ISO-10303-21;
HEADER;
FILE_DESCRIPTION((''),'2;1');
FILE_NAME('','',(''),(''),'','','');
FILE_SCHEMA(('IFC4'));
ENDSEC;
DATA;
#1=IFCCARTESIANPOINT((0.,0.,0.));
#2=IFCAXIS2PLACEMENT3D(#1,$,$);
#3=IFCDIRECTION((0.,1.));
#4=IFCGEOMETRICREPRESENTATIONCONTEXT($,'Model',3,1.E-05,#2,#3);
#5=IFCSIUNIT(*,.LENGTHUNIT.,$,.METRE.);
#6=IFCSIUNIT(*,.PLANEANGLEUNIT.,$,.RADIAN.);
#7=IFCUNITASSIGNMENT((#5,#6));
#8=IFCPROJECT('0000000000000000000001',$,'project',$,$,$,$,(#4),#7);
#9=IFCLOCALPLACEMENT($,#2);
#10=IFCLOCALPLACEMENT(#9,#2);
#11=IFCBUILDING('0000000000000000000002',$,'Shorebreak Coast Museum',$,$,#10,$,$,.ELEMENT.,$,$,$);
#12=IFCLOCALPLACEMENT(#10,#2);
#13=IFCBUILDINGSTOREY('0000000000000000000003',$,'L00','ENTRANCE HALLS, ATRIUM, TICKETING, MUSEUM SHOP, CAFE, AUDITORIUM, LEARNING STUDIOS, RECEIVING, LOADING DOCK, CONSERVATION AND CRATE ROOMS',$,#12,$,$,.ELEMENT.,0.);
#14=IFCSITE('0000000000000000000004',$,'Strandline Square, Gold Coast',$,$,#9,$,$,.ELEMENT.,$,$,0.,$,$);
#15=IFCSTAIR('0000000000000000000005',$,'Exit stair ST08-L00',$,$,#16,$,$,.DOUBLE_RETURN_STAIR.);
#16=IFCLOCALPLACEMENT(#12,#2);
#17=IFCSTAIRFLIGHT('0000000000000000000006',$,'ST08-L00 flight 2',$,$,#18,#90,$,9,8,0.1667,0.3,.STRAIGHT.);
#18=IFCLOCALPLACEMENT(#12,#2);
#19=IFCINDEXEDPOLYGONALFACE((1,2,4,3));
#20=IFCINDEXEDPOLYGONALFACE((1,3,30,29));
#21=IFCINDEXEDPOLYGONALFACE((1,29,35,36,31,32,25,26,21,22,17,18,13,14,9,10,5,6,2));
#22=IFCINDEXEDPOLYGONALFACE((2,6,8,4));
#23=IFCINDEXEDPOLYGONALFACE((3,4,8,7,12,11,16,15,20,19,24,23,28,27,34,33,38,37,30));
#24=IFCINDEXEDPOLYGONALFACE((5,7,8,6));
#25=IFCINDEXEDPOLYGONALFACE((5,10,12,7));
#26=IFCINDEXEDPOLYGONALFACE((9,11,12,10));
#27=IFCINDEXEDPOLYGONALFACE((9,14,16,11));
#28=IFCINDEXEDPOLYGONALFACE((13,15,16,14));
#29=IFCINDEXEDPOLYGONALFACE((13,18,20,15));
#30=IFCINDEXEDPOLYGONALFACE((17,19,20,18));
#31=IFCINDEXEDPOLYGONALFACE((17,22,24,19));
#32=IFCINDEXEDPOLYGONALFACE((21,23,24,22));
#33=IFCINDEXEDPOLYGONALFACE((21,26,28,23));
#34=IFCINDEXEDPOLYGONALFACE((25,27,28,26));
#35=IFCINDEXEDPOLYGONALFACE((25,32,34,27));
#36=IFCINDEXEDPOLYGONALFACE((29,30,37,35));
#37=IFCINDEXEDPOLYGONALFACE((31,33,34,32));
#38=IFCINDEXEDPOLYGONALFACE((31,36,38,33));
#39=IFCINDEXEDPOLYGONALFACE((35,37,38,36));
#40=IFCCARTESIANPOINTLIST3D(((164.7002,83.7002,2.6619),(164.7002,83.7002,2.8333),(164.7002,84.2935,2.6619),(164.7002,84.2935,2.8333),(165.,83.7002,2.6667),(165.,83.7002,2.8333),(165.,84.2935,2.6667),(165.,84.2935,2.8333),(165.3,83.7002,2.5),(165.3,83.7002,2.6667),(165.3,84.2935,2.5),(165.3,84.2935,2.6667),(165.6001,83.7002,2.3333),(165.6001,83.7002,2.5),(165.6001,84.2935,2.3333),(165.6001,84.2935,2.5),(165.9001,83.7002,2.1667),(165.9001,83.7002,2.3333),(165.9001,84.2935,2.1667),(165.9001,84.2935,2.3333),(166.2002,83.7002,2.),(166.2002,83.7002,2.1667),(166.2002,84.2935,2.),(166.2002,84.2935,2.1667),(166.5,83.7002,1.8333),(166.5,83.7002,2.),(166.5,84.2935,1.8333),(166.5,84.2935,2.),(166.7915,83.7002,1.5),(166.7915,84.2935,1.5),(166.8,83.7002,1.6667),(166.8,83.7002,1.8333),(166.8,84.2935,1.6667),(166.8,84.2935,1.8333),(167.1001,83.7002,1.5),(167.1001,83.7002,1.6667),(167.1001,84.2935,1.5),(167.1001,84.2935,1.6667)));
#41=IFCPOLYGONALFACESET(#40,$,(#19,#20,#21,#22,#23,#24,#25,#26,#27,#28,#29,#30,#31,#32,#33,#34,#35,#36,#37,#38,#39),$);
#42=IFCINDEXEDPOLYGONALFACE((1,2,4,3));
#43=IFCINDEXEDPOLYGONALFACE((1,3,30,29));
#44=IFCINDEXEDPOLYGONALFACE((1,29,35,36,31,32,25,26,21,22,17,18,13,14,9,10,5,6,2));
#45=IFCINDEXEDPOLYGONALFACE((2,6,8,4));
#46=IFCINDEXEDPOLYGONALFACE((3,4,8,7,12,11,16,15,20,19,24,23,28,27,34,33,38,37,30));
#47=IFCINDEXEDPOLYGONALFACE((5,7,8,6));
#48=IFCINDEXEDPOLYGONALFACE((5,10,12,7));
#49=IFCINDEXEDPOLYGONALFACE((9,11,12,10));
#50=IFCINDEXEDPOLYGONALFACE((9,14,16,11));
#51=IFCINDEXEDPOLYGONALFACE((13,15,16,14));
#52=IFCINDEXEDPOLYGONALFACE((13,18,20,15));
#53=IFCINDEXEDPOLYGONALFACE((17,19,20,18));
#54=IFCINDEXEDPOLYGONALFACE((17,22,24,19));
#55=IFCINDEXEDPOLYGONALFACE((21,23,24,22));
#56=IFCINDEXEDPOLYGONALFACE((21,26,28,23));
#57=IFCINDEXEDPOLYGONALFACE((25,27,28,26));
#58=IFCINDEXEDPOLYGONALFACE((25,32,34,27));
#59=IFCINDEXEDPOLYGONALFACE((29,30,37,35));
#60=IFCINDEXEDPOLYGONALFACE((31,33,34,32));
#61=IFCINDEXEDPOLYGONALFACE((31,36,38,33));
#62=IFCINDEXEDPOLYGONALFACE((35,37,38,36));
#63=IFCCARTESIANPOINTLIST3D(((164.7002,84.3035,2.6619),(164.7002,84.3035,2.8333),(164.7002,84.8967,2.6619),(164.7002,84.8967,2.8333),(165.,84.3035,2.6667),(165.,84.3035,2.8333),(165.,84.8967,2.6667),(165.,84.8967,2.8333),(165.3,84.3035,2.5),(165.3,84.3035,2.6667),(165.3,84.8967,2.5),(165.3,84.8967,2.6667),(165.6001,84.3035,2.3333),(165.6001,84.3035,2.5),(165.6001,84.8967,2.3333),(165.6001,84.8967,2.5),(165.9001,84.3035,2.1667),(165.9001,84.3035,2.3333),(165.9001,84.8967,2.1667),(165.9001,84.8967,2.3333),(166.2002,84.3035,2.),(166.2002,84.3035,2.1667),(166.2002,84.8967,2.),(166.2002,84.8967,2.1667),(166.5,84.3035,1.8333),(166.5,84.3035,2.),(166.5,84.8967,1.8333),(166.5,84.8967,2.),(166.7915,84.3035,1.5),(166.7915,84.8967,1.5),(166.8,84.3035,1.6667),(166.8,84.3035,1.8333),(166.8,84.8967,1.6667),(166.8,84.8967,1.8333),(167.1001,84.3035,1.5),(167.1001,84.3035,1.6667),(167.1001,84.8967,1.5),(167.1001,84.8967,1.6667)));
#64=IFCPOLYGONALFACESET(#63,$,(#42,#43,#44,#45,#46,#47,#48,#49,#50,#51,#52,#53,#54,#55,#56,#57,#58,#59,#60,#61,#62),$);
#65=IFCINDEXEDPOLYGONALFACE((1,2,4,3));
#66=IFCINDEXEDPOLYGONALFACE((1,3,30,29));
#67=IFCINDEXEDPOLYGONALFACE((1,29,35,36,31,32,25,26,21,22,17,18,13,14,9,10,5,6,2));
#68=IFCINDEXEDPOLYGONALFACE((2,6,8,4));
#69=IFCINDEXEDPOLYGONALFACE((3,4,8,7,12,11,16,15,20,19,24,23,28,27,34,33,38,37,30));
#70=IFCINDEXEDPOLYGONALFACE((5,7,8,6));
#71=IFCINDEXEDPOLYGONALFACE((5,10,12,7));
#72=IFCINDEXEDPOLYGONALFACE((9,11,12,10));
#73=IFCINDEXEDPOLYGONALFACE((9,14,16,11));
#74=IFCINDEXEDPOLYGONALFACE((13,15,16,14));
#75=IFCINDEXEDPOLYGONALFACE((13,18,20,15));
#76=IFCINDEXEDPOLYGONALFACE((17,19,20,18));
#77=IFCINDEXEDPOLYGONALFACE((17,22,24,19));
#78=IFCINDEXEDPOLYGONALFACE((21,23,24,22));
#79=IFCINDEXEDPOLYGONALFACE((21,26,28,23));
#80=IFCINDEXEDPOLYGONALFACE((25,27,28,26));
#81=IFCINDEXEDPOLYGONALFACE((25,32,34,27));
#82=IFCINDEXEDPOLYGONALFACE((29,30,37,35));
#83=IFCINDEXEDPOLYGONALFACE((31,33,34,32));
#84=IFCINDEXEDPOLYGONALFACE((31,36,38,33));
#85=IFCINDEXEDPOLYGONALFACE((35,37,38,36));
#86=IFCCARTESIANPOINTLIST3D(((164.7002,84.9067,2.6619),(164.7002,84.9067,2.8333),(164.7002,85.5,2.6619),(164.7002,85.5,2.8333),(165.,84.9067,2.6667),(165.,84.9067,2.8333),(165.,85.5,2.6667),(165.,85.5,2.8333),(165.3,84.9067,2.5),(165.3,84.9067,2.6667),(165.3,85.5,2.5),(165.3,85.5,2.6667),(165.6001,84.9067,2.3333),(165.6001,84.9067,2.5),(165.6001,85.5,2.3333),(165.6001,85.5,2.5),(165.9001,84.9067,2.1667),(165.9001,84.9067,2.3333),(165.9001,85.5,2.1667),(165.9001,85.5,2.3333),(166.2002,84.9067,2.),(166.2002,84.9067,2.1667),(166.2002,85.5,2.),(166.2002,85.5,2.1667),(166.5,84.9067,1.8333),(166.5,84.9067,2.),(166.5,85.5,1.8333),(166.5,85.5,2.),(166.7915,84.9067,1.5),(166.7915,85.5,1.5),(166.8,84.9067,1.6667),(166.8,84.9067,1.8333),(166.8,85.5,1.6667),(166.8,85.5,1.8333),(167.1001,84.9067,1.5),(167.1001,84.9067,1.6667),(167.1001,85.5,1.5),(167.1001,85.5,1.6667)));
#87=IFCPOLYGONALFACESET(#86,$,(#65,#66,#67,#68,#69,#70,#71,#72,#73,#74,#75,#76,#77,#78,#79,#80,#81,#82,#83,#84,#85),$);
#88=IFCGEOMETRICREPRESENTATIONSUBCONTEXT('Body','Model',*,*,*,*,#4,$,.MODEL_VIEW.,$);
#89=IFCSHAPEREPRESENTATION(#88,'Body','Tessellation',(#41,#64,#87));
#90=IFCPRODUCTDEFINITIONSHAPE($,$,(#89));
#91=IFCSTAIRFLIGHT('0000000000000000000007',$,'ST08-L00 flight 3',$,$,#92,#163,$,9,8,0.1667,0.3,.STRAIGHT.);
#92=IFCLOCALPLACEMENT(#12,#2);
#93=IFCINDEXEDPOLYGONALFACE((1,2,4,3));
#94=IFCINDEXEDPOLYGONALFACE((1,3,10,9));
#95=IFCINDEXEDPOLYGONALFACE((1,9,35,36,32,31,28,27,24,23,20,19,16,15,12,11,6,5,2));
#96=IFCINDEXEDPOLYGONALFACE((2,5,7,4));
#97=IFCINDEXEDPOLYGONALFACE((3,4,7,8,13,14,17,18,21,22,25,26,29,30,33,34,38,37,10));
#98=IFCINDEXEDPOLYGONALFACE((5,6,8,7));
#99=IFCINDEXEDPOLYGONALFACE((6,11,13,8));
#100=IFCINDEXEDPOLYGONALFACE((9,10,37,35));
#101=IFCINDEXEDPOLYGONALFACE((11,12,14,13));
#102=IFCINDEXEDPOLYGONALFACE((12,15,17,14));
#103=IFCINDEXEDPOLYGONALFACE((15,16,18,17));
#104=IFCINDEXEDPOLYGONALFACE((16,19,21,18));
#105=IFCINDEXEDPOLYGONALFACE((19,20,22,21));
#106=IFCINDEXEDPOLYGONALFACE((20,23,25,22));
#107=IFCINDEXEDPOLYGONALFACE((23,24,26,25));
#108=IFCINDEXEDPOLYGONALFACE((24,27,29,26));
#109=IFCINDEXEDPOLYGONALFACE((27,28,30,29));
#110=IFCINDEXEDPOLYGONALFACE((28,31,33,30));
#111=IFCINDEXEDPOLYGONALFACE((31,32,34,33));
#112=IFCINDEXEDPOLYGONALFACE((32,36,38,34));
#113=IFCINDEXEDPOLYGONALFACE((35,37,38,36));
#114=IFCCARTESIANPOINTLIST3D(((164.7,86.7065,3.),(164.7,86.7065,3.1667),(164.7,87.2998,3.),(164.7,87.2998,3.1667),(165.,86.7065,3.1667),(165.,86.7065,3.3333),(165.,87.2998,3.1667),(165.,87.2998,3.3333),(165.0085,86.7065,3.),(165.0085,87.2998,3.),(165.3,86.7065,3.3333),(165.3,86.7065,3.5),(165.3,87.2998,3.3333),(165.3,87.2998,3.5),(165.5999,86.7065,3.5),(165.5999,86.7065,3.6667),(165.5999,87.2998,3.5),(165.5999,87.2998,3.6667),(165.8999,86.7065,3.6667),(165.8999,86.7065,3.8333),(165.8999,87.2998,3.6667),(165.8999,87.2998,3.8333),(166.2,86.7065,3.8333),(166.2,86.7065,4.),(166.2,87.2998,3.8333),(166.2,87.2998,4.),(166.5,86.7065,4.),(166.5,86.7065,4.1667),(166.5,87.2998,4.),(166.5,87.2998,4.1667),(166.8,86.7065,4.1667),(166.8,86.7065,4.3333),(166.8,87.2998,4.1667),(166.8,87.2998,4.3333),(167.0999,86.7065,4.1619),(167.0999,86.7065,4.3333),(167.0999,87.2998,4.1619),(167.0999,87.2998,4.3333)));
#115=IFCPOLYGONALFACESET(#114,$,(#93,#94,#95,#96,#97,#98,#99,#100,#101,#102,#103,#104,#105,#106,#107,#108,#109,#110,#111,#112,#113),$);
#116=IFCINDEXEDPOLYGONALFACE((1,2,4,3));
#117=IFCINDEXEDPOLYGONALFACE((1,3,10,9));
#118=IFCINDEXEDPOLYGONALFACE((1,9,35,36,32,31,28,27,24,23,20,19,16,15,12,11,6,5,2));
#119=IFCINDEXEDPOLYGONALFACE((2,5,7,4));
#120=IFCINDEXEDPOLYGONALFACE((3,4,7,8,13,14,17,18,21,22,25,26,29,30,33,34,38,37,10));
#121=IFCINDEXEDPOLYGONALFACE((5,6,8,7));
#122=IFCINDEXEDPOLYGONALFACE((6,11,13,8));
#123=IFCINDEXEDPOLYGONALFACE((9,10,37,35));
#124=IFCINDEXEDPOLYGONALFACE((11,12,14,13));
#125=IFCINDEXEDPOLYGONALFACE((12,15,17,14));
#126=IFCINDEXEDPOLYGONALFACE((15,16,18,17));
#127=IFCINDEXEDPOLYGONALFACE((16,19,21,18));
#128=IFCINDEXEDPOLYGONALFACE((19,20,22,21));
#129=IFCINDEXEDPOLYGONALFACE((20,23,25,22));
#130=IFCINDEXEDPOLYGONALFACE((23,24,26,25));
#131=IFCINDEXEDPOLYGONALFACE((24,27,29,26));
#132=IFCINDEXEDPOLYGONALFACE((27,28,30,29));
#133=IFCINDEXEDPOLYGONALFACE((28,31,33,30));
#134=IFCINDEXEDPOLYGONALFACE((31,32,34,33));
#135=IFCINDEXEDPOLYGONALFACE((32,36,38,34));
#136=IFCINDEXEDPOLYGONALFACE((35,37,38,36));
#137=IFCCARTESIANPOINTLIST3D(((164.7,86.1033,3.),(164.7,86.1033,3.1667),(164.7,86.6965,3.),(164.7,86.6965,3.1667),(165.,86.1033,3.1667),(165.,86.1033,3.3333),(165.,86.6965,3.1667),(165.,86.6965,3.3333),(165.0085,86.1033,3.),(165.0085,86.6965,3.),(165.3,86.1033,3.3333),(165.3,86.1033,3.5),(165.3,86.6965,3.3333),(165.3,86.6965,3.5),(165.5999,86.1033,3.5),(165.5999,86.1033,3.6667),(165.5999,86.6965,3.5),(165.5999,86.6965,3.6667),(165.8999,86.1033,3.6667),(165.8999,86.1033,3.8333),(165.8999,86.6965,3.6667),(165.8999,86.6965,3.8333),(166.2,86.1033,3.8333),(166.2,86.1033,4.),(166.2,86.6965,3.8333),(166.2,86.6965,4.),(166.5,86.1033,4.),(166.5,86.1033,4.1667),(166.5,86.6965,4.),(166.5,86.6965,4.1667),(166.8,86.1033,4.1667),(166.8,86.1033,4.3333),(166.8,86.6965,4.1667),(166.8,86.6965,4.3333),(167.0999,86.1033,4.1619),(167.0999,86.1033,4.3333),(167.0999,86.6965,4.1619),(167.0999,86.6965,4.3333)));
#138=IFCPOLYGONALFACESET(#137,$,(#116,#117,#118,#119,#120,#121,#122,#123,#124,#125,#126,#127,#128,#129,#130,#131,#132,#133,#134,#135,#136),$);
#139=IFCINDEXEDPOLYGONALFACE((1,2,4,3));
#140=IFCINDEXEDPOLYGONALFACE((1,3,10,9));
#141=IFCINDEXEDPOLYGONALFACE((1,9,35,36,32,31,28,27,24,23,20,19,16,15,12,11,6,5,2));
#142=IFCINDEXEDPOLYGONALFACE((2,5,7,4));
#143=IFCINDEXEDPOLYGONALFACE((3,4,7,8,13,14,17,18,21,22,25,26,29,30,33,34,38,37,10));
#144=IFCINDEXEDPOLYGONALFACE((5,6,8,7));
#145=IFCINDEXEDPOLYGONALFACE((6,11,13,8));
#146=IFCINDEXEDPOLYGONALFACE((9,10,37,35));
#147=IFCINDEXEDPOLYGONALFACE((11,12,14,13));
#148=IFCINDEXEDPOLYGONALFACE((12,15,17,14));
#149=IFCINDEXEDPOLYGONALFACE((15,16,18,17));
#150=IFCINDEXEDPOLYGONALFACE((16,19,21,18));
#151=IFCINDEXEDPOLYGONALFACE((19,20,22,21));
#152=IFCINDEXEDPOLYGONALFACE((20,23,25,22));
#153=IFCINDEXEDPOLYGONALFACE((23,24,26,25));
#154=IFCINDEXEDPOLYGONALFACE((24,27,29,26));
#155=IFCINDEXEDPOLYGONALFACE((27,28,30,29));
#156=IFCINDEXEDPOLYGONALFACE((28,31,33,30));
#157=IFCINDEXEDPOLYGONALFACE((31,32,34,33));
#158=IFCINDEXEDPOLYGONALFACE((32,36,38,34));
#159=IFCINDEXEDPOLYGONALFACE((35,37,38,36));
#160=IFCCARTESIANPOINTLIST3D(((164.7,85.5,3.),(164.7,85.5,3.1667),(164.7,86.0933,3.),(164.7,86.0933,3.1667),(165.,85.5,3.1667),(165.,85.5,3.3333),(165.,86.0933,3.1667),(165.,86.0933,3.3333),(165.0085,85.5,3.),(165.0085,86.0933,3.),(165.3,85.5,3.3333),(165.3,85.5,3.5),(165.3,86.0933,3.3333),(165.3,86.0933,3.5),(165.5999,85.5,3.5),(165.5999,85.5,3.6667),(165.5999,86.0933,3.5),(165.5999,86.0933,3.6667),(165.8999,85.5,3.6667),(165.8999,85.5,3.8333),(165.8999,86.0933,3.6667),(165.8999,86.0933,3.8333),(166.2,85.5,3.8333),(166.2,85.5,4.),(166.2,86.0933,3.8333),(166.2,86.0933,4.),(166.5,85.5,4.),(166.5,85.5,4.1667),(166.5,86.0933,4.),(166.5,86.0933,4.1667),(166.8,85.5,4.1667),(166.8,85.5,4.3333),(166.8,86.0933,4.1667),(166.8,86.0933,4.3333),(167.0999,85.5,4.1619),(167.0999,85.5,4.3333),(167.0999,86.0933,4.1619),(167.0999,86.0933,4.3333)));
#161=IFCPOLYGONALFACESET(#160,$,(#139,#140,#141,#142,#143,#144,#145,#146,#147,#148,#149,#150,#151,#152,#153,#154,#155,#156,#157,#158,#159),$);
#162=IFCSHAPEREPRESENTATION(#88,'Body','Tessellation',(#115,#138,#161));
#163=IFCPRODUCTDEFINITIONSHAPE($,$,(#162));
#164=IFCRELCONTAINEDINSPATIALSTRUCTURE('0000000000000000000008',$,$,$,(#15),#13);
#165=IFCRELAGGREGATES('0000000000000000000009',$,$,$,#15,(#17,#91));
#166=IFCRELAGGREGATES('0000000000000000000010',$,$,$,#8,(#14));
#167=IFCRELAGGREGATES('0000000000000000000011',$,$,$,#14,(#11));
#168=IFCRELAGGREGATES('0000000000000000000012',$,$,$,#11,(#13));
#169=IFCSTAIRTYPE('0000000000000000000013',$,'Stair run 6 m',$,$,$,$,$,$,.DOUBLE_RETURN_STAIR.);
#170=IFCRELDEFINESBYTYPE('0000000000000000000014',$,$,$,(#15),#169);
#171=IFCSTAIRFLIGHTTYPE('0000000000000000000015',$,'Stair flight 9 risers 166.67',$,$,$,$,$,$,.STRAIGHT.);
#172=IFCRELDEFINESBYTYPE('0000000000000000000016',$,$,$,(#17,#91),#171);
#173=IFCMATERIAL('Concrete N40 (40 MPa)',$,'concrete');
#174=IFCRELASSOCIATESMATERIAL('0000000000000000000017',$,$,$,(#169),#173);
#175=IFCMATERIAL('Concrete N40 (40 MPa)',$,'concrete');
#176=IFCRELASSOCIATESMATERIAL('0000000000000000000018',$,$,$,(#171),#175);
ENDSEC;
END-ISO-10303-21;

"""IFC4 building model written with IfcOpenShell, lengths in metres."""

from ifc_helpers import new_model, si_unit, direction, frame, origin, place, context, subcontext, project, spatial, polyline, outline, extrude, material, type_object, element, aggregate, save


model = new_model("IFC4")

# Units and contexts
model_context = context("Model", 3, precision=1e-05, world=origin(), true_north=direction((0.0, 1.0)))
body_context = subcontext(model_context, "Body", "Model", "MODEL_VIEW")
ifc_project = project(units=[si_unit("LENGTHUNIT", "METRE"), si_unit("PLANEANGLEUNIT", "RADIAN")], contexts=[model_context])

# Site, building, storey
site_placement = place(None, origin())
site = spatial("IfcSite", under=ifc_project, at=site_placement, Name="Strandline Square, Gold Coast", CompositionType="ELEMENT", RefElevation=0.0)
building_placement = place(site_placement, origin())
building = spatial("IfcBuilding", under=site, at=building_placement, Name="Shorebreak Coast Museum", CompositionType="ELEMENT")
storey_placement = place(building_placement, origin())
storey = spatial("IfcBuildingStorey", under=building, at=storey_placement, Name="L00", Description="ENTRANCE HALLS, ATRIUM, TICKETING, MUSEUM SHOP, CAFE, AUDITORIUM, LEARNING STUDIOS, RECEIVING, LOADING DOCK, CONSERVATION AND CRATE ROOMS", CompositionType="ELEMENT", Elevation=0.0)

# Stair, stair flights
ifc_material_1 = material(Name="Concrete N40 (40 MPa)", Category="concrete")
stair_type = type_object("IfcStairType", Name="Stair run 6 m", PredefinedType="DOUBLE_RETURN_STAIR", material=ifc_material_1)
stair_placement = place(storey_placement, origin())
stair = element("IfcStair", 1, at=stair_placement, inside=storey, type_object=stair_type, Name="Exit stair ST08-L00", PredefinedType="DOUBLE_RETURN_STAIR")
ifc_material_2 = material(Name="Concrete N40 (40 MPa)", Category="concrete")
stair_flight_type = type_object("IfcStairFlightType", Name="Stair flight 9 risers 166.67", PredefinedType="STRAIGHT", material=ifc_material_2)
stair_flight_1_placement = place(storey_placement, frame((167.1001, 84.6001, 1.5), z_axis=(0.0, 0.0, 1.0), x_axis=(-1.0, 0.0, 0.0)))
stair_flight_1 = element("IfcStairFlight", 2, at=stair_flight_1_placement, type_object=stair_flight_type, Name="ST08-L00 flight 2", NumberOfRisers=9, NumberOfTreads=8, PredefinedType="STRAIGHT", RiserHeight=0.1667, TreadLength=0.3, context=body_context, shape_type="SweptSolid", body=[
    extrude(outline(polyline([(0.0, 0.0), (0.0, 0.1667), (0.3, 0.1667), (0.3, 0.3333), (0.6001, 0.3333), (0.6001, 0.5), (0.8999, 0.5), (0.8999, 0.6667), (1.2, 0.6667), (1.2, 0.8333), (1.5, 0.8333), (1.5, 1.0), (1.8, 1.0), (1.8, 1.1667), (2.1001, 1.1667), (2.1001, 1.3333), (2.3999, 1.3333), (2.3999, 1.5), (2.3999, 1.1619), (0.3086, 0.0), (0.0, 0.0)])), frame((0.0, 0.8999, 0.0), z_axis=(0.0, -1.0, 0.0), x_axis=(1.0, 0.0, 0.0)), (0.0, 0.0, 1.0), 0.5933),
    extrude(outline(polyline([(0.0, 0.0), (0.0, 0.1667), (0.3, 0.1667), (0.3, 0.3333), (0.6001, 0.3333), (0.6001, 0.5), (0.8999, 0.5), (0.8999, 0.6667), (1.2, 0.6667), (1.2, 0.8333), (1.5, 0.8333), (1.5, 1.0), (1.8, 1.0), (1.8, 1.1667), (2.1001, 1.1667), (2.1001, 1.3333), (2.3999, 1.3333), (2.3999, 1.5), (2.3999, 1.1619), (0.3086, 0.0), (0.0, 0.0)])), frame((0.0, 0.2966, 0.0), z_axis=(0.0, -1.0, 0.0), x_axis=(1.0, 0.0, 0.0)), (0.0, 0.0, 1.0), 0.5933),
    extrude(outline(polyline([(0.0, 0.0), (0.0, 0.1667), (0.3, 0.1667), (0.3, 0.3333), (0.6001, 0.3333), (0.6001, 0.5), (0.8999, 0.5), (0.8999, 0.6667), (1.2, 0.6667), (1.2, 0.8333), (1.5, 0.8333), (1.5, 1.0), (1.8, 1.0), (1.8, 1.1667), (2.1001, 1.1667), (2.1001, 1.3333), (2.3999, 1.3333), (2.3999, 1.5), (2.3999, 1.1619), (0.3086, 0.0), (0.0, 0.0)])), frame((0.0, -0.3066, 0.0), z_axis=(0.0, -1.0, 0.0), x_axis=(1.0, 0.0, 0.0)), (0.0, 0.0, 1.0), 0.5933),
])
stair_flight_2_placement = place(storey_placement, frame((164.7, 86.3999, 3.0), z_axis=(0.0, 0.0, 1.0), x_axis=(1.0, 0.0, 0.0)))
stair_flight_2 = element("IfcStairFlight", 3, at=stair_flight_2_placement, type_object=stair_flight_type, Name="ST08-L00 flight 3", NumberOfRisers=9, NumberOfTreads=8, PredefinedType="STRAIGHT", RiserHeight=0.1667, TreadLength=0.3, context=body_context, shape_type="SweptSolid", body=[
    extrude(outline(polyline([(0.0, 0.0), (0.0, 0.1667), (0.3, 0.1667), (0.3, 0.3333), (0.6001, 0.3333), (0.6001, 0.5), (0.8999, 0.5), (0.8999, 0.6667), (1.2, 0.6667), (1.2, 0.8333), (1.5, 0.8333), (1.5, 1.0), (1.8, 1.0), (1.8, 1.1667), (2.1001, 1.1667), (2.1001, 1.3333), (2.3999, 1.3333), (2.3999, 1.5), (2.3999, 1.1619), (0.3086, 0.0), (0.0, 0.0)])), frame((0.0, 0.8999, 0.0), z_axis=(0.0, -1.0, 0.0), x_axis=(1.0, 0.0, 0.0)), (0.0, 0.0, 1.0), 0.5933),
    extrude(outline(polyline([(0.0, 0.0), (0.0, 0.1667), (0.3, 0.1667), (0.3, 0.3333), (0.6001, 0.3333), (0.6001, 0.5), (0.8999, 0.5), (0.8999, 0.6667), (1.2, 0.6667), (1.2, 0.8333), (1.5, 0.8333), (1.5, 1.0), (1.8, 1.0), (1.8, 1.1667), (2.1001, 1.1667), (2.1001, 1.3333), (2.3999, 1.3333), (2.3999, 1.5), (2.3999, 1.1619), (0.3086, 0.0), (0.0, 0.0)])), frame((0.0, 0.2966, 0.0), z_axis=(0.0, -1.0, 0.0), x_axis=(1.0, 0.0, 0.0)), (0.0, 0.0, 1.0), 0.5933),
    extrude(outline(polyline([(0.0, 0.0), (0.0, 0.1667), (0.3, 0.1667), (0.3, 0.3333), (0.6001, 0.3333), (0.6001, 0.5), (0.8999, 0.5), (0.8999, 0.6667), (1.2, 0.6667), (1.2, 0.8333), (1.5, 0.8333), (1.5, 1.0), (1.8, 1.0), (1.8, 1.1667), (2.1001, 1.1667), (2.1001, 1.3333), (2.3999, 1.3333), (2.3999, 1.5), (2.3999, 1.1619), (0.3086, 0.0), (0.0, 0.0)])), frame((0.0, -0.3066, 0.0), z_axis=(0.0, -1.0, 0.0), x_axis=(1.0, 0.0, 0.0)), (0.0, 0.0, 1.0), 0.5933),
])
aggregate(stair, [stair_flight_1, stair_flight_2])

save(model, "model.ifc")
